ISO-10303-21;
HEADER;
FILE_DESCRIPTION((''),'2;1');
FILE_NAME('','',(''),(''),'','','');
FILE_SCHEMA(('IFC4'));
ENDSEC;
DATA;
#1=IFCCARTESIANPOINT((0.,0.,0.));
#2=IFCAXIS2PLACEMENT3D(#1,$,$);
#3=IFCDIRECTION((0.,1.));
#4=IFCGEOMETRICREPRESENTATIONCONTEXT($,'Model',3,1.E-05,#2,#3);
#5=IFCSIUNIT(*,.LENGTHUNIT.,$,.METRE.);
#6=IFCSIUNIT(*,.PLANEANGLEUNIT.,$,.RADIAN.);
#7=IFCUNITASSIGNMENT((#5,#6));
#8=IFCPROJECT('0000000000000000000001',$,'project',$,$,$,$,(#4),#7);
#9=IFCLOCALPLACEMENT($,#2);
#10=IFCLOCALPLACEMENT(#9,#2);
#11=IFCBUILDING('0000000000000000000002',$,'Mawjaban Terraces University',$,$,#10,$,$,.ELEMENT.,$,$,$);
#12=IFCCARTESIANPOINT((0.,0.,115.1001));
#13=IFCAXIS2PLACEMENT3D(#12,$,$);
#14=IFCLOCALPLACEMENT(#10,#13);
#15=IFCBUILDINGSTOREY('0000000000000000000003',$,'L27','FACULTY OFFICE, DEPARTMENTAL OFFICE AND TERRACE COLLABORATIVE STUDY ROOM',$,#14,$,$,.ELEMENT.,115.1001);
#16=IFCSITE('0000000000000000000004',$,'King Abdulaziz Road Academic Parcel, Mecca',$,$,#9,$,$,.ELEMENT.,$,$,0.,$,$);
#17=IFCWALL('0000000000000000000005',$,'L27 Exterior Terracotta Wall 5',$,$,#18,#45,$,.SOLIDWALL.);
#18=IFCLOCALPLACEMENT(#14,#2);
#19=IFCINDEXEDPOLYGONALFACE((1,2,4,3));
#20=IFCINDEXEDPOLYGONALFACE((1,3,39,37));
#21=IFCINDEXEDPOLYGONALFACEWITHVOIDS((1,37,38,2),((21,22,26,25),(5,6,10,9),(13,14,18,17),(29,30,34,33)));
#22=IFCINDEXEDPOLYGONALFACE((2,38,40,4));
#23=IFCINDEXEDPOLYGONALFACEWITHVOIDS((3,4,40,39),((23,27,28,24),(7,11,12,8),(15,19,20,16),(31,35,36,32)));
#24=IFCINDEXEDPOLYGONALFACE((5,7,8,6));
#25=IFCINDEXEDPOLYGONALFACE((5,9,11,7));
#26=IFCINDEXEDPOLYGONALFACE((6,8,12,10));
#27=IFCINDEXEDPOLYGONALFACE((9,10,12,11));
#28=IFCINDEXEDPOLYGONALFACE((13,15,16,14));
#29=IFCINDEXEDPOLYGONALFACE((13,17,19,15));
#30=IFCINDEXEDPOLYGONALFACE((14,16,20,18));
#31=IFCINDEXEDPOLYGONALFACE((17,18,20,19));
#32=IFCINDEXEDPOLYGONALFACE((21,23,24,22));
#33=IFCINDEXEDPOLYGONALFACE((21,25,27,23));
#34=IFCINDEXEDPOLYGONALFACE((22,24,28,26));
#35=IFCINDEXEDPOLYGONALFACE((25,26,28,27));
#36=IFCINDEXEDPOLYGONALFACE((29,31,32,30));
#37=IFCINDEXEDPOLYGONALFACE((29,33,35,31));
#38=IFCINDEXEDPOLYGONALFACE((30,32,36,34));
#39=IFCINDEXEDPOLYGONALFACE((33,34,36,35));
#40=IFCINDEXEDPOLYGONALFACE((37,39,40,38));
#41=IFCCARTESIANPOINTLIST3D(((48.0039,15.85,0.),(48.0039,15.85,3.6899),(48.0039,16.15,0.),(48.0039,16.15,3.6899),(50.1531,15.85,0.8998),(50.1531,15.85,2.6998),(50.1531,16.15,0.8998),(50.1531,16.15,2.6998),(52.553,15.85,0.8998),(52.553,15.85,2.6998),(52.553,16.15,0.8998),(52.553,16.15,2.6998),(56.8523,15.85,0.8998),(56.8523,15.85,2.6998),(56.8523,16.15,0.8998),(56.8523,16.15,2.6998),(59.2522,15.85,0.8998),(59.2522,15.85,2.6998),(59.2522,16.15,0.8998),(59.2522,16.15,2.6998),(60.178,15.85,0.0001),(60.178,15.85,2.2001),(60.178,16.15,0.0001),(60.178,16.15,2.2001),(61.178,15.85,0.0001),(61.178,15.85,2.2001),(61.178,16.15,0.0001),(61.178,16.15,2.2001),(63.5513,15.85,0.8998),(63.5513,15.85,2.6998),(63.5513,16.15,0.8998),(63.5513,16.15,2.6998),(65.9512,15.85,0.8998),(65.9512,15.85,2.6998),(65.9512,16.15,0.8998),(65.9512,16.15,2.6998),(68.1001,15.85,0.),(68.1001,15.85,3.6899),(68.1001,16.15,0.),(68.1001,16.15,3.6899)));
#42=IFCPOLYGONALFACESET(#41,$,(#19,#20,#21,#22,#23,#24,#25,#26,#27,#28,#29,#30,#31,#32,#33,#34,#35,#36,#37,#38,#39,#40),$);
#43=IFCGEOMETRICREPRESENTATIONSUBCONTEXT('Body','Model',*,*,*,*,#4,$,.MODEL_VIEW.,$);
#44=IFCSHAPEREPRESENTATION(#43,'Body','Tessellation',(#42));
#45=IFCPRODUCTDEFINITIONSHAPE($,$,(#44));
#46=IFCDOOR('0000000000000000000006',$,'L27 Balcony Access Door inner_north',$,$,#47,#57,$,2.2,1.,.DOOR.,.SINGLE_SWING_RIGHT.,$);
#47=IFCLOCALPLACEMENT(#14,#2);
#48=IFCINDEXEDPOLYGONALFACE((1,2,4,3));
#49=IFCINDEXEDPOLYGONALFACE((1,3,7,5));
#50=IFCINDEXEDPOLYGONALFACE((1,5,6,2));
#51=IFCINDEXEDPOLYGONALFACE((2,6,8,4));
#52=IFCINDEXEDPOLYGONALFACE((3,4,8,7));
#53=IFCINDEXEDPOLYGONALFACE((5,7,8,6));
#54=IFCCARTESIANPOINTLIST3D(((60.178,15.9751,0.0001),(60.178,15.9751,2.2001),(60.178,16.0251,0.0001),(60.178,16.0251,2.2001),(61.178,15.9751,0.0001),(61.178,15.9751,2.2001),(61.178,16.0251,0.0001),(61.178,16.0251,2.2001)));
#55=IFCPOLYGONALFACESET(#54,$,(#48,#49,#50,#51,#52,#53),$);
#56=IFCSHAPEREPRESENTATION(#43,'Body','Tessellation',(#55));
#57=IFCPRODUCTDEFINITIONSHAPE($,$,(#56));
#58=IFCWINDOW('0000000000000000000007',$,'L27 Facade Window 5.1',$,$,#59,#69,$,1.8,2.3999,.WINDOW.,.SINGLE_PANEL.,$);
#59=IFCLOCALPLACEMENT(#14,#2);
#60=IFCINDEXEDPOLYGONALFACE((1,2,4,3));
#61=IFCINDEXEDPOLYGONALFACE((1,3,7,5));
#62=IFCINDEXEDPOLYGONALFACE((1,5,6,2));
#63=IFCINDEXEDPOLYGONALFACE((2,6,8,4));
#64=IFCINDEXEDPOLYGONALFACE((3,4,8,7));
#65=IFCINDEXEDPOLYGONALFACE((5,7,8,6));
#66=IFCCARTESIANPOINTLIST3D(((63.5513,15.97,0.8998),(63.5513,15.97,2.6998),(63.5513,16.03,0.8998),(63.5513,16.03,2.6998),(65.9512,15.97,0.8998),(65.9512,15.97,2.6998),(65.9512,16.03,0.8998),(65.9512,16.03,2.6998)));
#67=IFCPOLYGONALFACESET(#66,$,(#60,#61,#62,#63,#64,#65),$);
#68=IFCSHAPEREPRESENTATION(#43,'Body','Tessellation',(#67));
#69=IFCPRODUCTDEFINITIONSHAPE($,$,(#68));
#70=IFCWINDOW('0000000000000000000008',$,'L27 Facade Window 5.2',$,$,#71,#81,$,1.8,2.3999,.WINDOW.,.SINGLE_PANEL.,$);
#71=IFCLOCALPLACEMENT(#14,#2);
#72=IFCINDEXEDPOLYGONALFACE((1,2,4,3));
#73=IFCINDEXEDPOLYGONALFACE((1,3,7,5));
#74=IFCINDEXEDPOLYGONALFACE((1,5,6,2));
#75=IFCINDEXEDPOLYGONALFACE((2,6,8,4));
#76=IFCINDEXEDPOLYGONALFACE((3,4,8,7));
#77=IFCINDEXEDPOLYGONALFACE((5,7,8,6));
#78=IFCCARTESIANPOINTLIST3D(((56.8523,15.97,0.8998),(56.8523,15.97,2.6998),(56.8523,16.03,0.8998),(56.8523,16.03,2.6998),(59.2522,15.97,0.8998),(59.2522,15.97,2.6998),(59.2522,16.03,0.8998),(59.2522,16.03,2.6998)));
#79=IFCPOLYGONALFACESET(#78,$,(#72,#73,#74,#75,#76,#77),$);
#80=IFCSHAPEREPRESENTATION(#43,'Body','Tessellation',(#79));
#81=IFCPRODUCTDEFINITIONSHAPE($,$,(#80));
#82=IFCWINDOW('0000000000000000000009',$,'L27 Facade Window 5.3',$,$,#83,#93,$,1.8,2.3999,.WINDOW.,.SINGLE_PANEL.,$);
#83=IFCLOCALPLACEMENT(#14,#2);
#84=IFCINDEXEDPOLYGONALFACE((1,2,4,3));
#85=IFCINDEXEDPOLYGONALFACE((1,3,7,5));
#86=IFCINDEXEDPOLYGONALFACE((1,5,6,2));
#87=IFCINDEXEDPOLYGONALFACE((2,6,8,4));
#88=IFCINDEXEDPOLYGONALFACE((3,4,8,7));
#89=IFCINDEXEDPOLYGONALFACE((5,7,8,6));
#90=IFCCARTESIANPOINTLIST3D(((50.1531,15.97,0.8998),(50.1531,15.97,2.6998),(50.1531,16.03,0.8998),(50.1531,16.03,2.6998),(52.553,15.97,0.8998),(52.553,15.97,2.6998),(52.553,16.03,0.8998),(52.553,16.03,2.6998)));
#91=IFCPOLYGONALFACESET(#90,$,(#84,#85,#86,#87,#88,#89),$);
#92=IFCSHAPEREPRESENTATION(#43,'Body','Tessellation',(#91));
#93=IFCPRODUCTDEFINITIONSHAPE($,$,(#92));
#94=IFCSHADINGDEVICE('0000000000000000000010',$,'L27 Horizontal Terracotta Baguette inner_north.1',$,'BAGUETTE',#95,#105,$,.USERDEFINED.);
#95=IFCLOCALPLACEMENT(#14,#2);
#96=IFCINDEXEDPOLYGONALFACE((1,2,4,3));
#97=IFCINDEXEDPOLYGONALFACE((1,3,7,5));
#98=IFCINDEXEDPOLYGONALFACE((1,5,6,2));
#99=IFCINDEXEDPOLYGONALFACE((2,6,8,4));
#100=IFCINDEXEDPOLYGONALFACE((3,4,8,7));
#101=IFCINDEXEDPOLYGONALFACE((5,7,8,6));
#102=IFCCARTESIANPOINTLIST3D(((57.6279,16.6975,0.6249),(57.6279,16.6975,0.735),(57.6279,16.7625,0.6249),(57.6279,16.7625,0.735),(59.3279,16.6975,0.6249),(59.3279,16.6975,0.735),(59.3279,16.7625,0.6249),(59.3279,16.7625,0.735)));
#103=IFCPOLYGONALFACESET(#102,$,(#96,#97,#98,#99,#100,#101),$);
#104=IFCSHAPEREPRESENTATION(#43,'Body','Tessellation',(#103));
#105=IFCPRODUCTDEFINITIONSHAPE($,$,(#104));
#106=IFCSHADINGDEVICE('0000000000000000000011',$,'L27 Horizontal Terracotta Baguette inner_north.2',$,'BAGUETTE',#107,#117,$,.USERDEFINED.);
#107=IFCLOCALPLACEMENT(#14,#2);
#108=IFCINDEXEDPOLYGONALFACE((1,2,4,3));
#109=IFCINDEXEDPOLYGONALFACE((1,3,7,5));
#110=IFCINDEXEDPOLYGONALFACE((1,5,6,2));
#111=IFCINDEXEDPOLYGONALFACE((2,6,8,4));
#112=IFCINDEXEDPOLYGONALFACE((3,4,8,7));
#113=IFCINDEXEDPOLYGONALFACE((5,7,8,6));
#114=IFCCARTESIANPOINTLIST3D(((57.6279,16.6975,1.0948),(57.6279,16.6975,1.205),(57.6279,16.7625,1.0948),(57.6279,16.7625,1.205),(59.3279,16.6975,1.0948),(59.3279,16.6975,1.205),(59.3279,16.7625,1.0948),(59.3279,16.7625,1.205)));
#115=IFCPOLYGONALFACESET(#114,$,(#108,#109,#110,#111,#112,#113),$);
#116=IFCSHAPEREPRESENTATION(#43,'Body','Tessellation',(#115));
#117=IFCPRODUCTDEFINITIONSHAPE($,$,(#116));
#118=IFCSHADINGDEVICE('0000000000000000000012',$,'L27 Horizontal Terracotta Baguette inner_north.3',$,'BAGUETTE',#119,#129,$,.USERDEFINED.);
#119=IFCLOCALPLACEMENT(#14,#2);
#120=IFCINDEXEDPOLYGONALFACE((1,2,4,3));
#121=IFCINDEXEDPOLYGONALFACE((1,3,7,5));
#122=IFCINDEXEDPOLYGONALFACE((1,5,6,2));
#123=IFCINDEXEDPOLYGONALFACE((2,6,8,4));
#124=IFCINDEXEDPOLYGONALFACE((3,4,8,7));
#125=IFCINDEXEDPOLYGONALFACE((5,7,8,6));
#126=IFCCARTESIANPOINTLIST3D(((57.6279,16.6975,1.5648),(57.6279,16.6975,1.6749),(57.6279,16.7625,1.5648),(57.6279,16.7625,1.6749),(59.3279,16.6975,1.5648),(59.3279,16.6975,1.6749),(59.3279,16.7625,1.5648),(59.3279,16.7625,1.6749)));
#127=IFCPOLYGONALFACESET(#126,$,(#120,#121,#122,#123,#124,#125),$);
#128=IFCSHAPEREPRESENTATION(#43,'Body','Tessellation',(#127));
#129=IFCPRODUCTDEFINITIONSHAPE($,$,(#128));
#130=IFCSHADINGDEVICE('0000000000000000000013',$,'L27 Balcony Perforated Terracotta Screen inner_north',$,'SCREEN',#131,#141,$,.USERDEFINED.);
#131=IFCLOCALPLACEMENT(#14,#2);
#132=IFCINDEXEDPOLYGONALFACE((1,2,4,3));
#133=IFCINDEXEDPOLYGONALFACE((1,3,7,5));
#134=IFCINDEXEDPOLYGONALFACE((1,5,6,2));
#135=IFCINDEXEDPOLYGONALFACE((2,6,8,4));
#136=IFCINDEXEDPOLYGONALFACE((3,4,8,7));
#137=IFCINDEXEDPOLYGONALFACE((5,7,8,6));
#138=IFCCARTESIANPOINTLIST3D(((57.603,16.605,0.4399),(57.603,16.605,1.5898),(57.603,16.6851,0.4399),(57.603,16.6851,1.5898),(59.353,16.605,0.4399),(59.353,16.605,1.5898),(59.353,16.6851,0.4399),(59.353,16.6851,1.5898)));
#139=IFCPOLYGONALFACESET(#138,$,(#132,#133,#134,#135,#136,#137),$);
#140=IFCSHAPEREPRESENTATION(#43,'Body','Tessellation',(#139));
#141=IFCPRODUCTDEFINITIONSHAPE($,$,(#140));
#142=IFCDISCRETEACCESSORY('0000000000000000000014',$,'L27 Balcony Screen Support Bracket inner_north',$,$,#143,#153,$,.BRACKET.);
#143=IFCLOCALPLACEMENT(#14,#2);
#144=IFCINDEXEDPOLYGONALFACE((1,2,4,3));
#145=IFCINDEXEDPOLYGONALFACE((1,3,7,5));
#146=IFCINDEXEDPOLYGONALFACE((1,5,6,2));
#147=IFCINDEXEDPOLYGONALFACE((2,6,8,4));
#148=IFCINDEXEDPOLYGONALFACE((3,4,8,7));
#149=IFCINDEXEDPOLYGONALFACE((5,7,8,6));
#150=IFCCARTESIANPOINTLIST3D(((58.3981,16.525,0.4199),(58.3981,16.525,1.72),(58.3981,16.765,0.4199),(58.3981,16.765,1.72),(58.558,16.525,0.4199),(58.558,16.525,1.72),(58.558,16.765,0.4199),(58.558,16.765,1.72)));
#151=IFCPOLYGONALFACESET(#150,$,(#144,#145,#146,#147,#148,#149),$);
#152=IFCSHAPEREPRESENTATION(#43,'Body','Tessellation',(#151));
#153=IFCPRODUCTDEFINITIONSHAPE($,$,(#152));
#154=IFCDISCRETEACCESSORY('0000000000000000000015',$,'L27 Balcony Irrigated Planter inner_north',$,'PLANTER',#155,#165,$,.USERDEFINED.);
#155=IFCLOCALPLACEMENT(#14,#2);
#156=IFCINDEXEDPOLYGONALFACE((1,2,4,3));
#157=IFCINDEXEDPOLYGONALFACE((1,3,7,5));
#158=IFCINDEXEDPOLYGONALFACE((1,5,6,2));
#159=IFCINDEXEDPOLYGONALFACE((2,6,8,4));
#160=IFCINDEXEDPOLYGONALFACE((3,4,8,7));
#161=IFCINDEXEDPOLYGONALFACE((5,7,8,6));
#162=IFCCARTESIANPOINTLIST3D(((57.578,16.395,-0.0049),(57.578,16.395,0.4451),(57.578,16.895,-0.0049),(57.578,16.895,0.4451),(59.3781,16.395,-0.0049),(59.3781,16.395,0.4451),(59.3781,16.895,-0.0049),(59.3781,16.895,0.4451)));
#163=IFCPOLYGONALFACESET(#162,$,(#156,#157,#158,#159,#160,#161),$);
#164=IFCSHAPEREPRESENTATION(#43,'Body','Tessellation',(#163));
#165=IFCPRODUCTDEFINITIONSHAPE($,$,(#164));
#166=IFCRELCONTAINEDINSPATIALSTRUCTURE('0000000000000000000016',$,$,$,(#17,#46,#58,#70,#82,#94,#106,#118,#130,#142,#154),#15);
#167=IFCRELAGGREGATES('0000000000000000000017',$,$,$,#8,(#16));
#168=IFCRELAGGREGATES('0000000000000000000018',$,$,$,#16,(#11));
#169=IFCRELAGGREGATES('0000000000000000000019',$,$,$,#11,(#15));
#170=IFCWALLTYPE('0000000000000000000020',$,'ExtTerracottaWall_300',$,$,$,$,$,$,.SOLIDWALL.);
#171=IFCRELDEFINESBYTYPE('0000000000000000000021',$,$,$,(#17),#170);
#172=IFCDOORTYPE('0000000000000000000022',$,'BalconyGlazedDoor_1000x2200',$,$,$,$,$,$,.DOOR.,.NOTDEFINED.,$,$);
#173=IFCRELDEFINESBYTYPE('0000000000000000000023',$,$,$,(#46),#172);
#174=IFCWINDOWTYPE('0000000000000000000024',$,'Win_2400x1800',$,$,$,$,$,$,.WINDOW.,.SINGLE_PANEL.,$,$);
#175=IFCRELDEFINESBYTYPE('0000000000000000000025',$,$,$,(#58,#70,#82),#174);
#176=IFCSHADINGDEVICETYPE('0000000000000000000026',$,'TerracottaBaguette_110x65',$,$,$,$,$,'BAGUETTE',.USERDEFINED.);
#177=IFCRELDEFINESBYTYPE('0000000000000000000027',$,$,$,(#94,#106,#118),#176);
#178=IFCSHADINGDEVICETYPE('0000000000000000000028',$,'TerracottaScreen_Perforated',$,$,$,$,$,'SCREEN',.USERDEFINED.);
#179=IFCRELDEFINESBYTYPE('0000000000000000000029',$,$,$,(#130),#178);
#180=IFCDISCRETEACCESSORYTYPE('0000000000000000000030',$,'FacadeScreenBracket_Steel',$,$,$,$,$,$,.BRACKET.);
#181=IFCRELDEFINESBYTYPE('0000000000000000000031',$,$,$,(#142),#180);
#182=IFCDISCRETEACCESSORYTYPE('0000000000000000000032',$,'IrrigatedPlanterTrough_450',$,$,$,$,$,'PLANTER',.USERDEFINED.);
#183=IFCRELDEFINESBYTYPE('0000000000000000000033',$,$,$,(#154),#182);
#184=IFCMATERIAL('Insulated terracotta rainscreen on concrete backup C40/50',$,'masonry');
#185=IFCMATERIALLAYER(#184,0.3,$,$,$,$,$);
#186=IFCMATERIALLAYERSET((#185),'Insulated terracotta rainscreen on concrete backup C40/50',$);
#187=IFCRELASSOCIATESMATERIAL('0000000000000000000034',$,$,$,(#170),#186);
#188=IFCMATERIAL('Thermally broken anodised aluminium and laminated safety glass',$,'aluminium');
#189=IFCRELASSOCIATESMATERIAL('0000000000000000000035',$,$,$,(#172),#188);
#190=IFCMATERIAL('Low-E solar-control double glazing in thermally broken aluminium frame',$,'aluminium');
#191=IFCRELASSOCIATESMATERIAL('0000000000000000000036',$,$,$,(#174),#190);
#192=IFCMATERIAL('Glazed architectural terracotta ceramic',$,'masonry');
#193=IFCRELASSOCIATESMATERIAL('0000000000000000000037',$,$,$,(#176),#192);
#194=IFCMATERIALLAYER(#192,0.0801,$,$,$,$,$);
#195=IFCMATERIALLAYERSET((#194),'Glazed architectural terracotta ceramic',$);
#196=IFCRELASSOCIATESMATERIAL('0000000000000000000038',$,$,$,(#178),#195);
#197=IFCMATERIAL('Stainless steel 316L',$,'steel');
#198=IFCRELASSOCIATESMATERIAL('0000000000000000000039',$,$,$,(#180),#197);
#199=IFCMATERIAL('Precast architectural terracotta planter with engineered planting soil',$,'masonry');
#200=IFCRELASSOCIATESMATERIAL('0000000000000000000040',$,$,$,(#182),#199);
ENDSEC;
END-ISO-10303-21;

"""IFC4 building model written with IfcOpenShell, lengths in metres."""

from ifc_helpers import new_model, si_unit, direction, frame, frame_2d, origin, origin_2d, place, context, subcontext, project, spatial, rectangle, extrude, material, layer, layer_set, material_profile, profile_set, type_object, element, fill, save


model = new_model("IFC4")

# Units and contexts
model_context = context("Model", 3, precision=1e-05, world=origin(), true_north=direction((0.0, 1.0)))
body_context = subcontext(model_context, "Body", "Model", "MODEL_VIEW")
ifc_project = project(units=[si_unit("LENGTHUNIT", "METRE"), si_unit("PLANEANGLEUNIT", "RADIAN")], contexts=[model_context])

# Site, building, storey
site_placement = place(None, origin())
site = spatial("IfcSite", under=ifc_project, at=site_placement, Name="King Abdulaziz Road Academic Parcel, Mecca", CompositionType="ELEMENT", RefElevation=0.0)
building_placement = place(site_placement, origin())
building = spatial("IfcBuilding", under=site, at=building_placement, Name="Mawjaban Terraces University", CompositionType="ELEMENT")
storey_placement = place(building_placement, frame((0.0, 0.0, 115.1001)))
storey = spatial("IfcBuildingStorey", under=building, at=storey_placement, Name="L27", Description="FACULTY OFFICE, DEPARTMENTAL OFFICE AND TERRACE COLLABORATIVE STUDY ROOM", CompositionType="ELEMENT", Elevation=115.1001)

# Wall, openings, door, windows
ifc_material_1 = material(Name="Insulated terracotta rainscreen on concrete backup C40/50", Category="masonry")
ifc_layer_1 = layer(ifc_material_1, 0.3)
ifc_layer_set_1 = layer_set([ifc_layer_1], Name="Insulated terracotta rainscreen on concrete backup C40/50")
wall_type = type_object("IfcWallType", Name="ExtTerracottaWall_300", PredefinedType="SOLIDWALL", material=ifc_layer_set_1)
wall_placement = place(storey_placement, frame((68.1001, 16.0, 0.0), z_axis=(0.0, 0.0, 1.0), x_axis=(-1.0, 0.0, 0.0)))
wall = element("IfcWall", 1, at=wall_placement, inside=storey, type_object=wall_type, Name="L27 Exterior Terracotta Wall 5", PredefinedType="SOLIDWALL", context=body_context, shape_type="SweptSolid", body=[
    extrude(rectangle(XDim=20.0962, YDim=0.3, at=frame_2d((10.0481, 0.0))), origin(), (0.0, 0.0, 1.0), 3.6899),
])
opening_1_placement = place(wall_placement, frame((6.9221, 0.0, 0.0)))
opening_1 = element("IfcOpeningElement", 2, at=opening_1_placement, cuts=wall, PredefinedType="OPENING", context=body_context, shape_type="SweptSolid", body=[
    extrude(rectangle(XDim=1.0, YDim=2.2, at=frame_2d((0.5, 1.1001))), frame((0.0, 0.1599, 0.0), z_axis=(0.0, -1.0, 0.0), x_axis=(1.0, 0.0, 0.0)), (0.0, 0.0, 1.0), 0.3201),
])
opening_2_placement = place(wall_placement, frame((2.1489, 0.0, 0.8999)))
opening_2 = element("IfcOpeningElement", 3, at=opening_2_placement, cuts=wall, PredefinedType="OPENING", context=body_context, shape_type="SweptSolid", body=[
    extrude(rectangle(XDim=2.3999, YDim=1.8, at=frame_2d((1.2, 0.8999))), frame((0.0, 0.1599, 0.0), z_axis=(0.0, -1.0, 0.0), x_axis=(1.0, 0.0, 0.0)), (0.0, 0.0, 1.0), 0.3201),
])
opening_3_placement = place(wall_placement, frame((8.8479, 0.0, 0.8999)))
opening_3 = element("IfcOpeningElement", 4, at=opening_3_placement, cuts=wall, PredefinedType="OPENING", context=body_context, shape_type="SweptSolid", body=[
    extrude(rectangle(XDim=2.3999, YDim=1.8, at=frame_2d((1.2, 0.8999))), frame((0.0, 0.1599, 0.0), z_axis=(0.0, -1.0, 0.0), x_axis=(1.0, 0.0, 0.0)), (0.0, 0.0, 1.0), 0.3201),
])
opening_4_placement = place(wall_placement, frame((15.5471, 0.0, 0.8999)))
opening_4 = element("IfcOpeningElement", 5, at=opening_4_placement, cuts=wall, PredefinedType="OPENING", context=body_context, shape_type="SweptSolid", body=[
    extrude(rectangle(XDim=2.3999, YDim=1.8, at=frame_2d((1.2, 0.8999))), frame((0.0, 0.1599, 0.0), z_axis=(0.0, -1.0, 0.0), x_axis=(1.0, 0.0, 0.0)), (0.0, 0.0, 1.0), 0.3201),
])
ifc_material_2 = material(Name="Thermally broken anodised aluminium and laminated safety glass", Category="aluminium")
door_type = type_object("IfcDoorType", Name="BalconyGlazedDoor_1000x2200", OperationType="NOTDEFINED", PredefinedType="DOOR", material=ifc_material_2)
door_placement = place(opening_1_placement, origin())
door = element("IfcDoor", 6, at=door_placement, inside=storey, type_object=door_type, Name="L27 Balcony Access Door inner_north", OperationType="SINGLE_SWING_RIGHT", OverallHeight=2.2, OverallWidth=1.0, PredefinedType="DOOR", context=body_context, shape_type="SweptSolid", body=[
    extrude(rectangle(XDim=1.0, YDim=2.2, at=frame_2d((0.5, 1.1001))), frame((0.0, 0.0249, 0.0), z_axis=(0.0, -1.0, 0.0), x_axis=(1.0, 0.0, 0.0)), (0.0, 0.0, 1.0), 0.05),
])
fill(opening_1, door)
ifc_material_3 = material(Name="Low-E solar-control double glazing in thermally broken aluminium frame", Category="aluminium")
window_type = type_object("IfcWindowType", Name="Win_2400x1800", PartitioningType="SINGLE_PANEL", PredefinedType="WINDOW", material=ifc_material_3)
window_1_placement = place(opening_2_placement, origin())
window_1 = element("IfcWindow", 7, at=window_1_placement, inside=storey, type_object=window_type, Name="L27 Facade Window 5.1", OverallHeight=1.8, OverallWidth=2.3999, PartitioningType="SINGLE_PANEL", PredefinedType="WINDOW", context=body_context, shape_type="SweptSolid", body=[
    extrude(rectangle(XDim=2.3999, YDim=1.8, at=frame_2d((1.2, 0.8999))), frame((0.0, 0.03, 0.0), z_axis=(0.0, -1.0, 0.0), x_axis=(1.0, 0.0, 0.0)), (0.0, 0.0, 1.0), 0.0601),
])
fill(opening_2, window_1)
window_2_placement = place(opening_3_placement, origin())
window_2 = element("IfcWindow", 8, at=window_2_placement, inside=storey, type_object=window_type, Name="L27 Facade Window 5.2", OverallHeight=1.8, OverallWidth=2.3999, PartitioningType="SINGLE_PANEL", PredefinedType="WINDOW", context=body_context, shape_type="SweptSolid", body=[
    extrude(rectangle(XDim=2.3999, YDim=1.8, at=frame_2d((1.2, 0.8999))), frame((0.0, 0.03, 0.0), z_axis=(0.0, -1.0, 0.0), x_axis=(1.0, 0.0, 0.0)), (0.0, 0.0, 1.0), 0.0601),
])
fill(opening_3, window_2)
window_3_placement = place(opening_4_placement, origin())
window_3 = element("IfcWindow", 9, at=window_3_placement, inside=storey, type_object=window_type, Name="L27 Facade Window 5.3", OverallHeight=1.8, OverallWidth=2.3999, PartitioningType="SINGLE_PANEL", PredefinedType="WINDOW", context=body_context, shape_type="SweptSolid", body=[
    extrude(rectangle(XDim=2.3999, YDim=1.8, at=frame_2d((1.2, 0.8999))), frame((0.0, 0.03, 0.0), z_axis=(0.0, -1.0, 0.0), x_axis=(1.0, 0.0, 0.0)), (0.0, 0.0, 1.0), 0.0601),
])
fill(opening_4, window_3)

# Shading devices
ifc_material_4 = material(Name="Glazed architectural terracotta ceramic", Category="masonry")
ifc_material_profile_1 = material_profile(ifc_material_4, rectangle(XDim=0.0649, YDim=0.1101, at=origin_2d()), Name="TBAG110X65")
ifc_profile_set_1 = profile_set([ifc_material_profile_1], Name="Glazed architectural terracotta ceramic")
shading_device_type_1 = type_object("IfcShadingDeviceType", Name="TerracottaBaguette_110x65", ElementType="BAGUETTE", PredefinedType="USERDEFINED", material=ifc_profile_set_1)
for number, where, z_axis, x_axis, name in (
    (10, (57.6279, 16.73, 0.6799), (1.0, 0.0, 0.0), (0.0, 1.0, 0.0), "L27 Horizontal Terracotta Baguette inner_north.1"),
    (11, (57.6279, 16.73, 1.1499), (1.0, 0.0, 0.0), (0.0, 1.0, 0.0), "L27 Horizontal Terracotta Baguette inner_north.2"),
    (12, (57.6279, 16.73, 1.6199), (1.0, 0.0, 0.0), (0.0, 1.0, 0.0), "L27 Horizontal Terracotta Baguette inner_north.3"),
):
    element("IfcShadingDevice", number, at=place(storey_placement, frame(where, z_axis=z_axis, x_axis=x_axis)), inside=storey, type_object=shading_device_type_1, Name=name, ObjectType="BAGUETTE", PredefinedType="USERDEFINED", context=body_context, shape_type="SweptSolid", body=[
        extrude(rectangle(XDim=0.0649, YDim=0.1101, at=origin_2d()), origin(), (0.0, 0.0, 1.0), 1.7),
    ])
ifc_layer_2 = layer(ifc_material_4, 0.0801)
ifc_layer_set_2 = layer_set([ifc_layer_2], Name="Glazed architectural terracotta ceramic")
shading_device_type_2 = type_object("IfcShadingDeviceType", Name="TerracottaScreen_Perforated", ElementType="SCREEN", PredefinedType="USERDEFINED", material=ifc_layer_set_2)
shading_device_placement = place(storey_placement, frame((58.478, 16.645, 0.4399), z_axis=(0.0, 0.0, 1.0), x_axis=(1.0, 0.0, 0.0)))
element("IfcShadingDevice", 13, at=shading_device_placement, inside=storey, type_object=shading_device_type_2, Name="L27 Balcony Perforated Terracotta Screen inner_north", ObjectType="SCREEN", PredefinedType="USERDEFINED", context=body_context, shape_type="SweptSolid", body=[
    extrude(rectangle(XDim=1.75, YDim=0.0801, at=origin_2d()), origin(), (0.0, 0.0, 1.0), 1.1499),
])

# Discrete accessories
ifc_material_5 = material(Name="Stainless steel 316L", Category="steel")
discrete_accessory_type_1 = type_object("IfcDiscreteAccessoryType", Name="FacadeScreenBracket_Steel", PredefinedType="BRACKET", material=ifc_material_5)
discrete_accessory_1_placement = place(storey_placement, frame((58.478, 16.645, 0.4199), z_axis=(0.0, 0.0, 1.0), x_axis=(1.0, 0.0, 0.0)))
element("IfcDiscreteAccessory", 14, at=discrete_accessory_1_placement, inside=storey, type_object=discrete_accessory_type_1, Name="L27 Balcony Screen Support Bracket inner_north", PredefinedType="BRACKET", context=body_context, shape_type="SweptSolid", body=[
    extrude(rectangle(XDim=0.1599, YDim=0.24, at=origin_2d()), origin(), (0.0, 0.0, 1.0), 1.3),
])
ifc_material_6 = material(Name="Precast architectural terracotta planter with engineered planting soil", Category="masonry")
discrete_accessory_type_2 = type_object("IfcDiscreteAccessoryType", Name="IrrigatedPlanterTrough_450", ElementType="PLANTER", PredefinedType="USERDEFINED", material=ifc_material_6)
discrete_accessory_2_placement = place(storey_placement, frame((58.478, 16.645, -0.0049), z_axis=(0.0, 0.0, 1.0), x_axis=(1.0, 0.0, 0.0)))
element("IfcDiscreteAccessory", 15, at=discrete_accessory_2_placement, inside=storey, type_object=discrete_accessory_type_2, Name="L27 Balcony Irrigated Planter inner_north", ObjectType="PLANTER", PredefinedType="USERDEFINED", context=body_context, shape_type="SweptSolid", body=[
    extrude(rectangle(XDim=1.8, YDim=0.5, at=origin_2d()), origin(), (0.0, 0.0, 1.0), 0.45),
])

save(model, "model.ifc")
